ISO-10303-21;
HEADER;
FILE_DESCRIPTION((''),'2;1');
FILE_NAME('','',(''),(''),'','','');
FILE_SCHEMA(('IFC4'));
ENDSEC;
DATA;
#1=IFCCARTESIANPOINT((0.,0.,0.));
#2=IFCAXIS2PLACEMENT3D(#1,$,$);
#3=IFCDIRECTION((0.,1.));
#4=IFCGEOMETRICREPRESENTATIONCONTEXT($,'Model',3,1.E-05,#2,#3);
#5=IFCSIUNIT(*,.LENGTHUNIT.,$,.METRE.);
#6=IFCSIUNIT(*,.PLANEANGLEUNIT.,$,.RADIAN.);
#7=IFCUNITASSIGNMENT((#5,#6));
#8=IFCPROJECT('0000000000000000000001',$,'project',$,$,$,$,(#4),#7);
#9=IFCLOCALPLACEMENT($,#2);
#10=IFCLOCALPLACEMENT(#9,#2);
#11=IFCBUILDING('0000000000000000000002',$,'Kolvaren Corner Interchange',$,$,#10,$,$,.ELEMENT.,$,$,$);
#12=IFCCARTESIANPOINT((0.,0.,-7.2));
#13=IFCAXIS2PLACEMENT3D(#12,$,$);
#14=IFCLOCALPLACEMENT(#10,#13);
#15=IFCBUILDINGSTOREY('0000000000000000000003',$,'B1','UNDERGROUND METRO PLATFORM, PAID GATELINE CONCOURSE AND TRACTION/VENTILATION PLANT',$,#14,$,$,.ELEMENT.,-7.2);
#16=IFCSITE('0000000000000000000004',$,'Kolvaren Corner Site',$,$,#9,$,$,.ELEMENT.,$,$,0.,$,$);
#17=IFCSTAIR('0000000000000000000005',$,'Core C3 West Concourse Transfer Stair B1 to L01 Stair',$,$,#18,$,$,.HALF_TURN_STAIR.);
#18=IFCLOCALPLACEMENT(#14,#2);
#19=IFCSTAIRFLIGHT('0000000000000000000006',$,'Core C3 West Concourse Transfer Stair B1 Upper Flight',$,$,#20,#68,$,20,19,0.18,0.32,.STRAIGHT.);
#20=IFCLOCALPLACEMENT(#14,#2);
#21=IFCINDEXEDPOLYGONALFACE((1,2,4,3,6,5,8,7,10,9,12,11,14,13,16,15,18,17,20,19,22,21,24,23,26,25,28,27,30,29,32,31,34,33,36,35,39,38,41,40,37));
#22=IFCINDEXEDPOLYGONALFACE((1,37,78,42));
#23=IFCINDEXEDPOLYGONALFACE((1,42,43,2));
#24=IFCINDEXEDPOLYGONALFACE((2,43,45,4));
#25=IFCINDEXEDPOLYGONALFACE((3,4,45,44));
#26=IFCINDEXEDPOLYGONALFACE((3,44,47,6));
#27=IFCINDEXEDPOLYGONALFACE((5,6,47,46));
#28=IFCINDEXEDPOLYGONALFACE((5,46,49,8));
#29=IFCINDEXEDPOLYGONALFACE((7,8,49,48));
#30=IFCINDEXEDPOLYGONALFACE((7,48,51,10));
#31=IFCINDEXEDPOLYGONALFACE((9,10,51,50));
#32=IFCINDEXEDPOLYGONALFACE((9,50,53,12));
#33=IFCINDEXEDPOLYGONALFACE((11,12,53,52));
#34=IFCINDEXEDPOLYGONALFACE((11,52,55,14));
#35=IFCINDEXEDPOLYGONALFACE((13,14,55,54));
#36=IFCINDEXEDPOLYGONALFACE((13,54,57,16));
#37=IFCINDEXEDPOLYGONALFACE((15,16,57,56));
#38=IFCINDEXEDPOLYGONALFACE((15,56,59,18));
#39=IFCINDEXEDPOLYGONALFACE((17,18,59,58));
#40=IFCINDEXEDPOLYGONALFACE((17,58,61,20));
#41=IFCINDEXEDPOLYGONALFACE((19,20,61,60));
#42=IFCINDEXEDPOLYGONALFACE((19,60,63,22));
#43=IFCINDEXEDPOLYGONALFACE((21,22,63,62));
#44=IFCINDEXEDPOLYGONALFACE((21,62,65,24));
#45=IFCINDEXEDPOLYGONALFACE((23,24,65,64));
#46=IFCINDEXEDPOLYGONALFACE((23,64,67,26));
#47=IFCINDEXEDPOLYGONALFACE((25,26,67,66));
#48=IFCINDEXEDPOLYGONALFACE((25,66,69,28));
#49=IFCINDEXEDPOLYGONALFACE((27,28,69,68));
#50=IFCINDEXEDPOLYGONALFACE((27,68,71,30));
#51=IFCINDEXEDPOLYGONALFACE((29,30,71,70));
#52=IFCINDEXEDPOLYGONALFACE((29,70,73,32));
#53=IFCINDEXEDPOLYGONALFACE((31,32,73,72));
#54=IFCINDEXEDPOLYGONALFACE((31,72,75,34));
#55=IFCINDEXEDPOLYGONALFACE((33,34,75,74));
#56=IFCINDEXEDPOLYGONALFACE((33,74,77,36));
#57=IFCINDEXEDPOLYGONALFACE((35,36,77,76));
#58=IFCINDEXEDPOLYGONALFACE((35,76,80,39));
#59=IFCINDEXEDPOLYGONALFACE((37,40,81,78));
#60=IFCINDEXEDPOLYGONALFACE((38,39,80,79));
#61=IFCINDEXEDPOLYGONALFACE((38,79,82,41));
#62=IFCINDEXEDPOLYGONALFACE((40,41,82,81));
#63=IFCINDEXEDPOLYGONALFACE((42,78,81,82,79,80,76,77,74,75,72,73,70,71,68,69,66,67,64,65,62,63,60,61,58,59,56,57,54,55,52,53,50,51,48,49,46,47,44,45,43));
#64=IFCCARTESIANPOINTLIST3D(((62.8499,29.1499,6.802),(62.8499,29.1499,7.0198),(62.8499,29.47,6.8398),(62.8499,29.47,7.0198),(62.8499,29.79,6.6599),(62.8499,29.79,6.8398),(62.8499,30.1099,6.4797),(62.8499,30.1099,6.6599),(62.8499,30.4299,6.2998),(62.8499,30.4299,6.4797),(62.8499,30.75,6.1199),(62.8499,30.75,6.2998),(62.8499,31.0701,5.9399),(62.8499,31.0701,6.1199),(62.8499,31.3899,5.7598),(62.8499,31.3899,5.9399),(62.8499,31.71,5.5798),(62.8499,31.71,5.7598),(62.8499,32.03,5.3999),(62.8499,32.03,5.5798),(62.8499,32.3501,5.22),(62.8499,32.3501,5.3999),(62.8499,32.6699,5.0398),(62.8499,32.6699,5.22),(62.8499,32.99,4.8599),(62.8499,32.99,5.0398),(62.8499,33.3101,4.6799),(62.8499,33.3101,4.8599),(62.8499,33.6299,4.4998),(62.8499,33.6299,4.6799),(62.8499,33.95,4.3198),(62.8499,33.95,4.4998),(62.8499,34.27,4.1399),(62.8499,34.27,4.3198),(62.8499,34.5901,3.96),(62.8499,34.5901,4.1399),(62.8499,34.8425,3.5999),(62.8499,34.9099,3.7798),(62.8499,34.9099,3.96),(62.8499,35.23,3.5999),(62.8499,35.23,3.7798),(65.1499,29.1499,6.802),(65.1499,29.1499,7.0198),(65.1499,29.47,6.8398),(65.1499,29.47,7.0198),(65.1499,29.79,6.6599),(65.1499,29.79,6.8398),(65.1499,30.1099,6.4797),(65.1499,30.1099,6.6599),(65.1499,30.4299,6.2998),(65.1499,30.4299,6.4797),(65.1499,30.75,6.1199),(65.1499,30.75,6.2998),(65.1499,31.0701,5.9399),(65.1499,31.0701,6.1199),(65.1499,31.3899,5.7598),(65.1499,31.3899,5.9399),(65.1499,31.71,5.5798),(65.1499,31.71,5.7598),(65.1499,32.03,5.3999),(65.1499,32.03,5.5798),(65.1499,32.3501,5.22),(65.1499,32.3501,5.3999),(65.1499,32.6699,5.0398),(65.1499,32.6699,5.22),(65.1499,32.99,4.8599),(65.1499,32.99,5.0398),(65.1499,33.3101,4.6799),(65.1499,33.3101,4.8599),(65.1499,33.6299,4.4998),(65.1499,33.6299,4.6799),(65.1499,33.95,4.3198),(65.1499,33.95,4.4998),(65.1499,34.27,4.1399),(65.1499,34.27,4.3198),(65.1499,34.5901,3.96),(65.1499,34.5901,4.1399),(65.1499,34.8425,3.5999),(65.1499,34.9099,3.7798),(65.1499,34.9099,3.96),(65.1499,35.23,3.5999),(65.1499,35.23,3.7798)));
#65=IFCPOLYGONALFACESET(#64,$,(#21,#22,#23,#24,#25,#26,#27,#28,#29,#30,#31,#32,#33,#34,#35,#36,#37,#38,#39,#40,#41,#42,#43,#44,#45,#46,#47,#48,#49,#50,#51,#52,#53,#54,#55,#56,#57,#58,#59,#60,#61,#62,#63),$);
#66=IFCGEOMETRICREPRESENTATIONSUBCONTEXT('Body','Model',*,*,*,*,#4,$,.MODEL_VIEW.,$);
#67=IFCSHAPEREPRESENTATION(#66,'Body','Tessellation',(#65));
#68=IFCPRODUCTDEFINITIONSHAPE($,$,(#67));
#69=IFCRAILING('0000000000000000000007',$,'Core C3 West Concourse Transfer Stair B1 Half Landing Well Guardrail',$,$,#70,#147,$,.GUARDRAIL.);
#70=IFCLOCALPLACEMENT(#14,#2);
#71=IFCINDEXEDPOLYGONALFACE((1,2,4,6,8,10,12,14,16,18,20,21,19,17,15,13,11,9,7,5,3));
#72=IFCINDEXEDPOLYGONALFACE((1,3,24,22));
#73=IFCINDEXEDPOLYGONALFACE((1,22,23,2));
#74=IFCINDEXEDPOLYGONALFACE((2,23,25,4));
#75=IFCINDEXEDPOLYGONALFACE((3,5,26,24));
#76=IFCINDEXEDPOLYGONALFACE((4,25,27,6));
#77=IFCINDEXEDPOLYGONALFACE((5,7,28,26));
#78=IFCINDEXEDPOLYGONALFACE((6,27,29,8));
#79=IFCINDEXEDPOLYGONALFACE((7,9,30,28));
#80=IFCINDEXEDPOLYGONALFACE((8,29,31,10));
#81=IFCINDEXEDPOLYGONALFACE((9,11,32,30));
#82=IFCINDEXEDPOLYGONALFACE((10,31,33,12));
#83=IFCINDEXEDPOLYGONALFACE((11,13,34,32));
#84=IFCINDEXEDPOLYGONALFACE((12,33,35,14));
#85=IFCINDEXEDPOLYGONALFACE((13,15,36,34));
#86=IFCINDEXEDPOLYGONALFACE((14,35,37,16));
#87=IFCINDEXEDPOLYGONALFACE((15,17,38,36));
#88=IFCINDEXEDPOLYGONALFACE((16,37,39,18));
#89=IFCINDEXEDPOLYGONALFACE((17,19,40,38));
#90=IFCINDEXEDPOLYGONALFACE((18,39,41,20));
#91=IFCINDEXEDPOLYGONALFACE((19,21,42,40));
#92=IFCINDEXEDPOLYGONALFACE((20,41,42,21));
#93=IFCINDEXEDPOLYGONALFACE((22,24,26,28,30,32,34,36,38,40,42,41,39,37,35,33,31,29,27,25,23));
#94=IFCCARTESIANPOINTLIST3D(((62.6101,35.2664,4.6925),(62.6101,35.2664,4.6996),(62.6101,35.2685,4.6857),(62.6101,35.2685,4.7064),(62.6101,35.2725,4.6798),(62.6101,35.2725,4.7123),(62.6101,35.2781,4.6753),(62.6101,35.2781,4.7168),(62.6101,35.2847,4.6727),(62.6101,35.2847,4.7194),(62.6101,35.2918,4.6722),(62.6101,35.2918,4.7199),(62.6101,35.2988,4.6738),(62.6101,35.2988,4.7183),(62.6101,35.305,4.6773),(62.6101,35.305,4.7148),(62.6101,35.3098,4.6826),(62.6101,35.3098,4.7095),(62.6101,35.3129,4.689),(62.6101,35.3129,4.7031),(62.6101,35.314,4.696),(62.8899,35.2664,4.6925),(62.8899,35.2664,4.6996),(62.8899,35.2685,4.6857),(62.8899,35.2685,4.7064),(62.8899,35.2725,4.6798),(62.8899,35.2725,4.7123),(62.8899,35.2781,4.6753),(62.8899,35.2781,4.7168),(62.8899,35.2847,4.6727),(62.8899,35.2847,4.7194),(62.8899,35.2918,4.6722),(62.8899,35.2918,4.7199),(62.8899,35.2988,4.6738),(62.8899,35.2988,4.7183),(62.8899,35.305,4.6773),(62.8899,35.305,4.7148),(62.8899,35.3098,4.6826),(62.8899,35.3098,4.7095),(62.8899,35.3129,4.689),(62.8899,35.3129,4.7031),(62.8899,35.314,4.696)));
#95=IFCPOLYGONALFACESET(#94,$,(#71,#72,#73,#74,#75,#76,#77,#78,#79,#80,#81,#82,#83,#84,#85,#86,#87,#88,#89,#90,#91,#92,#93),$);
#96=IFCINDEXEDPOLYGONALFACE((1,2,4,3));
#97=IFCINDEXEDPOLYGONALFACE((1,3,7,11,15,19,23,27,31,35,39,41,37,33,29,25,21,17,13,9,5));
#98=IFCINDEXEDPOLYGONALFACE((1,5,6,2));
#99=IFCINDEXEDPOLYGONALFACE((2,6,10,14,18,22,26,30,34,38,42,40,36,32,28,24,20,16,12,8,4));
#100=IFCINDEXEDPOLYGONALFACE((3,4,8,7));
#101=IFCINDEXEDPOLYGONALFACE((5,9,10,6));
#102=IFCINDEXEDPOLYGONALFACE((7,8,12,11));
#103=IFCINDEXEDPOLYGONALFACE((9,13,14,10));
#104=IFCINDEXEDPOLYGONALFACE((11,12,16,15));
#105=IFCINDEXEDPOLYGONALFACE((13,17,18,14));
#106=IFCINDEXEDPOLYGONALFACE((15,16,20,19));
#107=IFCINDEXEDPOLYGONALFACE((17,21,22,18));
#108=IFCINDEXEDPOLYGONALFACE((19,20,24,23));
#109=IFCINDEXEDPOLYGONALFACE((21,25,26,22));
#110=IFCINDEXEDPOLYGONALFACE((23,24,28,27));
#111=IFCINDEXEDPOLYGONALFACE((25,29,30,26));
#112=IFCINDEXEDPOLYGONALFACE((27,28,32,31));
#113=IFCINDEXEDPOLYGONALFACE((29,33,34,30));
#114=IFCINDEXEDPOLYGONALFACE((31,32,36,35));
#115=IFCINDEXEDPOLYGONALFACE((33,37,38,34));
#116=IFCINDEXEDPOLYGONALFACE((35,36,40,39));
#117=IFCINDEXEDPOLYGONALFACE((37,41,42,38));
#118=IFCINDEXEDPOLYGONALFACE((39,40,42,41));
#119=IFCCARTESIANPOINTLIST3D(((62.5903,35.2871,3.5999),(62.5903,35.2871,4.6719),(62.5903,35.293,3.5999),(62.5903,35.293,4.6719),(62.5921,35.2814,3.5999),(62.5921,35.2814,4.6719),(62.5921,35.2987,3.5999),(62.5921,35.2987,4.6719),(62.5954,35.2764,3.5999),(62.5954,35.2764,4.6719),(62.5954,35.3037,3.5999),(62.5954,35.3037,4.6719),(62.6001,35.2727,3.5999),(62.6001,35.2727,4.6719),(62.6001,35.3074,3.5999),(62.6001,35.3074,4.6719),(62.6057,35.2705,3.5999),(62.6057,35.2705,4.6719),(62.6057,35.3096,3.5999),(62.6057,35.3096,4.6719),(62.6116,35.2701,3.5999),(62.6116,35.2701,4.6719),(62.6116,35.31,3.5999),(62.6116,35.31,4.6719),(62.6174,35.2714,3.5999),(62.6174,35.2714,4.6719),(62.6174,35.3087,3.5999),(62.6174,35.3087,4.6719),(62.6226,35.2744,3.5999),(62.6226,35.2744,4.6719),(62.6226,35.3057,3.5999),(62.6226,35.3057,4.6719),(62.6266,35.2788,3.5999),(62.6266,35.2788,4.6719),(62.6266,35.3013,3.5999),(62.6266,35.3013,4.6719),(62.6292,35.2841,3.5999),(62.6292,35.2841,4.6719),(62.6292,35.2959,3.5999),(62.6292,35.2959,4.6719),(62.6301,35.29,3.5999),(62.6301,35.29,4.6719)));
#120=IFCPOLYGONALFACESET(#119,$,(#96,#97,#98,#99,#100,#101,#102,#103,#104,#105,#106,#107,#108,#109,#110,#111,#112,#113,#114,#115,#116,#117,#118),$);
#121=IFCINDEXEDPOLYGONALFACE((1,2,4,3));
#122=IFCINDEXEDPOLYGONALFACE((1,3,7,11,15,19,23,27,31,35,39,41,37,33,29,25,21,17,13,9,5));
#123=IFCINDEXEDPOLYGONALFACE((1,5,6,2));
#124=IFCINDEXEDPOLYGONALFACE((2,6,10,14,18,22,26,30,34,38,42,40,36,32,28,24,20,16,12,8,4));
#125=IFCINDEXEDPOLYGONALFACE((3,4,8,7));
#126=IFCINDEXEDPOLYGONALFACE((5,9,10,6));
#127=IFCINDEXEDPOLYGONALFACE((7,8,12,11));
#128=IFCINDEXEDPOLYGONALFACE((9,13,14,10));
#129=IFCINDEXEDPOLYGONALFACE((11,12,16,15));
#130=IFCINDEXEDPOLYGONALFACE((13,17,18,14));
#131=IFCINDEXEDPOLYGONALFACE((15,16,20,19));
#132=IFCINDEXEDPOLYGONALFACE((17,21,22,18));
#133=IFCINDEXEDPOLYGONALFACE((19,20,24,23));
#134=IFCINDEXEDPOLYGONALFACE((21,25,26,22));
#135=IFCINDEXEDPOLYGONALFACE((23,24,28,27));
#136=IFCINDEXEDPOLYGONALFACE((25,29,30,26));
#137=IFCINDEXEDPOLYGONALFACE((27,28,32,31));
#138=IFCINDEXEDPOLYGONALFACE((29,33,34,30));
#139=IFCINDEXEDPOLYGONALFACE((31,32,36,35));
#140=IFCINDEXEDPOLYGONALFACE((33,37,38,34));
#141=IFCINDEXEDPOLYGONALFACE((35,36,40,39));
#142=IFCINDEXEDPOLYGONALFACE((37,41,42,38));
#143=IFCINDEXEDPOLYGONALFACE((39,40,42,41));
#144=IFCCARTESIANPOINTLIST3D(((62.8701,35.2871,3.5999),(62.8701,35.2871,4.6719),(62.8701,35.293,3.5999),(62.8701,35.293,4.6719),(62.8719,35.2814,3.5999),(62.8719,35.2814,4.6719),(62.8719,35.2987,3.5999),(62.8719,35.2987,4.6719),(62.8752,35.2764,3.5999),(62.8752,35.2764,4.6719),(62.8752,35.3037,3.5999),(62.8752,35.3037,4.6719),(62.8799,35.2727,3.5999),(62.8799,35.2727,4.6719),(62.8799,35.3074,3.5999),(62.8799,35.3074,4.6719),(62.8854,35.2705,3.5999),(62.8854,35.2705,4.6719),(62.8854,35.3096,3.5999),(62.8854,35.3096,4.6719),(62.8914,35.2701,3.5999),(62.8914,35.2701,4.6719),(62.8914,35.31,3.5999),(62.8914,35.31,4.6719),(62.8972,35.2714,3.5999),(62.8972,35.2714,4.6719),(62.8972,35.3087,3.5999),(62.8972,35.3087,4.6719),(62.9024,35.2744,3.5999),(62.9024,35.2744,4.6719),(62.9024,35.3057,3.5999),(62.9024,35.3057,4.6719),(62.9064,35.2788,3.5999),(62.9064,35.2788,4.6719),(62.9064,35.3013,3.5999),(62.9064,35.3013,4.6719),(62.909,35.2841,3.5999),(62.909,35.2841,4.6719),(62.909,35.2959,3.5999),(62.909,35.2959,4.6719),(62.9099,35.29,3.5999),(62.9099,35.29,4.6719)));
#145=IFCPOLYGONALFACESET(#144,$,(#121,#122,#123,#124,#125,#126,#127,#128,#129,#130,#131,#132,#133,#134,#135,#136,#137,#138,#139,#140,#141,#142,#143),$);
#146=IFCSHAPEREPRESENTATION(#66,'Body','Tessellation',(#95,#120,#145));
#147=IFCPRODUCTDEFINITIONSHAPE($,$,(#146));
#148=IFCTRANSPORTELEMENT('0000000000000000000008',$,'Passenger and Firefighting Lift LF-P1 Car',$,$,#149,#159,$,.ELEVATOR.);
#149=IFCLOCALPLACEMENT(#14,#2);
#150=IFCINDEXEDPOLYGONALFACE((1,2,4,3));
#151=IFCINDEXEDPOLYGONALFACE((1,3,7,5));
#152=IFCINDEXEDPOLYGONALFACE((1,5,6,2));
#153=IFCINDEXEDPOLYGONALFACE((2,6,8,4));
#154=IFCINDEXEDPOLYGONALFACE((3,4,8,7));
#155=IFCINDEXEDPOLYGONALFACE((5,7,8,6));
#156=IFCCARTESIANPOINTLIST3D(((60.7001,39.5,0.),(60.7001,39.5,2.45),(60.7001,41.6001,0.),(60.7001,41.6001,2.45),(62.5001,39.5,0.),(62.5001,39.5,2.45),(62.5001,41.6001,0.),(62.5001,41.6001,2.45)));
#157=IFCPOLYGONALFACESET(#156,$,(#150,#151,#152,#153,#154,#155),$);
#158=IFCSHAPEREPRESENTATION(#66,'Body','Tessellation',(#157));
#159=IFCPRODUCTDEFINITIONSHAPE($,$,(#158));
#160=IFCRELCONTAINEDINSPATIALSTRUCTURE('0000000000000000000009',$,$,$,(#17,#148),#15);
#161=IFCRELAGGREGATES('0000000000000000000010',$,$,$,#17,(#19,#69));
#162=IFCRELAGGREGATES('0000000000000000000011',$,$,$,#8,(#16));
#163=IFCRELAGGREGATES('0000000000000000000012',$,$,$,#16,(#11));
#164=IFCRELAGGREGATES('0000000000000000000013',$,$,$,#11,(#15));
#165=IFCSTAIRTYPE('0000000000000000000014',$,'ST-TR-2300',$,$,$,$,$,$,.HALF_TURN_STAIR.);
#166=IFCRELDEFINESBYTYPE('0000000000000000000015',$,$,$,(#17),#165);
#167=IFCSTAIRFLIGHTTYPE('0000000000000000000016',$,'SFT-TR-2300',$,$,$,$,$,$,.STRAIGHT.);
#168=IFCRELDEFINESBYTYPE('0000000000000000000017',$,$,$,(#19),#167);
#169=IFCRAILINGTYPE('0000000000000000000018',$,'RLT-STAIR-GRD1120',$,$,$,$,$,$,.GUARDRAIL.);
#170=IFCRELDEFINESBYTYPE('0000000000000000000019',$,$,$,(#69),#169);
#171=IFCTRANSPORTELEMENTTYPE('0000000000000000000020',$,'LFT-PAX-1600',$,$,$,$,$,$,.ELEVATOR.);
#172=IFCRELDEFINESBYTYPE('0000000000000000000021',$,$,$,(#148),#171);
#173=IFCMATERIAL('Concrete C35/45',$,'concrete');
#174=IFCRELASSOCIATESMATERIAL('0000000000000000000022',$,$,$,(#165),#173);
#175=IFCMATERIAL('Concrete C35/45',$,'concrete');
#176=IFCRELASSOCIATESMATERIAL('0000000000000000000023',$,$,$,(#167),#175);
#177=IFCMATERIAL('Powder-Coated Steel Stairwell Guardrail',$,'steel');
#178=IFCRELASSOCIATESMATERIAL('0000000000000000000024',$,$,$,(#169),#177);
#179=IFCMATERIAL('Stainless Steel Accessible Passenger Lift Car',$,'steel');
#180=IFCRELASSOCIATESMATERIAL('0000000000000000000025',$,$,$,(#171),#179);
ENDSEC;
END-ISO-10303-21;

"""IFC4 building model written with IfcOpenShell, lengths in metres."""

from ifc_helpers import new_model, si_unit, direction, frame, origin, origin_2d, place, context, subcontext, project, spatial, polyline, rectangle, circle, outline, extrude, material, type_object, element, aggregate, save


model = new_model("IFC4")

# Units and contexts
model_context = context("Model", 3, precision=1e-05, world=origin(), true_north=direction((0.0, 1.0)))
body_context = subcontext(model_context, "Body", "Model", "MODEL_VIEW")
ifc_project = project(units=[si_unit("LENGTHUNIT", "METRE"), si_unit("PLANEANGLEUNIT", "RADIAN")], contexts=[model_context])

# Site, building, storey
site_placement = place(None, origin())
site = spatial("IfcSite", under=ifc_project, at=site_placement, Name="Kolvaren Corner Site", CompositionType="ELEMENT", RefElevation=0.0)
building_placement = place(site_placement, origin())
building = spatial("IfcBuilding", under=site, at=building_placement, Name="Kolvaren Corner Interchange", CompositionType="ELEMENT")
storey_placement = place(building_placement, frame((0.0, 0.0, -7.2)))
storey = spatial("IfcBuildingStorey", under=building, at=storey_placement, Name="B1", Description="UNDERGROUND METRO PLATFORM, PAID GATELINE CONCOURSE AND TRACTION/VENTILATION PLANT", CompositionType="ELEMENT", Elevation=-7.2)

# Stair, stair flight, railing
ifc_material_1 = material(Name="Concrete C35/45", Category="concrete")
stair_type = type_object("IfcStairType", Name="ST-TR-2300", PredefinedType="HALF_TURN_STAIR", material=ifc_material_1)
stair_placement = place(storey_placement, origin())
stair = element("IfcStair", 1, at=stair_placement, inside=storey, type_object=stair_type, Name="Core C3 West Concourse Transfer Stair B1 to L01 Stair", PredefinedType="HALF_TURN_STAIR")
ifc_material_2 = material(Name="Concrete C35/45", Category="concrete")
stair_flight_type = type_object("IfcStairFlightType", Name="SFT-TR-2300", PredefinedType="STRAIGHT", material=ifc_material_2)
stair_flight_1_placement = place(storey_placement, frame((64.0, 35.23, 3.5999), z_axis=(0.0, 0.0, 1.0), x_axis=(0.0, -1.0, 0.0)))
stair_flight_1 = element("IfcStairFlight", 2, at=stair_flight_1_placement, type_object=stair_flight_type, Name="Core C3 West Concourse Transfer Stair B1 Upper Flight", NumberOfRisers=20, NumberOfTreads=19, PredefinedType="STRAIGHT", RiserHeight=0.18, TreadLength=0.32, context=body_context, shape_type="SweptSolid", body=[
    extrude(outline(polyline([(0.0, 0.0), (0.0, 0.1799), (0.3201, 0.1799), (0.3201, 0.3601), (0.6399, 0.3601), (0.6399, 0.54), (0.96, 0.54), (0.96, 0.72), (1.28, 0.72), (1.28, 0.8999), (1.6001, 0.8999), (1.6001, 1.0801), (1.9199, 1.0801), (1.9199, 1.26), (2.24, 1.26), (2.24, 1.4399), (2.5601, 1.4399), (2.5601, 1.6201), (2.8799, 1.6201), (2.8799, 1.8), (3.2, 1.8), (3.2, 1.98), (3.52, 1.98), (3.52, 2.1599), (3.8401, 2.1599), (3.8401, 2.3401), (4.1599, 2.3401), (4.1599, 2.52), (4.48, 2.52), (4.48, 2.7), (4.8, 2.7), (4.8, 2.8799), (5.1201, 2.8799), (5.1201, 3.0601), (5.4399, 3.0601), (5.4399, 3.24), (5.76, 3.24), (5.76, 3.4199), (6.0801, 3.4199), (6.0801, 3.6001), (6.0801, 3.2021), (0.3875, 0.0), (0.0, 0.0)])), frame((0.0, 1.1499, 0.0), z_axis=(0.0, -1.0, 0.0), x_axis=(1.0, 0.0, 0.0)), (0.0, 0.0, 1.0), 2.3),
])
ifc_material_3 = material(Name="Powder-Coated Steel Stairwell Guardrail", Category="steel")
railing_type_1 = type_object("IfcRailingType", Name="RLT-STAIR-GRD1120", PredefinedType="GUARDRAIL", material=ifc_material_3)
railing_1_placement = place(storey_placement, frame((62.6101, 35.29, 3.5999)))
railing_1 = element("IfcRailing", 3, at=railing_1_placement, type_object=railing_type_1, Name="Core C3 West Concourse Transfer Stair B1 Half Landing Well Guardrail", PredefinedType="GUARDRAIL", context=body_context, shape_type="SweptSolid", body=[
    extrude(circle(Radius=0.0239, at=origin_2d()), frame((0.0, 0.0, 1.0962), z_axis=(1.0, 0.0, 0.0), x_axis=(0.0, 1.0, 0.0)), (0.0, 0.0, 1.0), 0.2798),
    extrude(circle(Radius=0.02, at=origin_2d()), origin(), (0.0, 0.0, 1.0), 1.072),
    extrude(circle(Radius=0.02, at=origin_2d()), frame((0.2798, 0.0, 0.0)), (0.0, 0.0, 1.0), 1.072),
])
aggregate(stair, [stair_flight_1, railing_1])

# Transport element
ifc_material_4 = material(Name="Stainless Steel Accessible Passenger Lift Car", Category="steel")
transport_element_type = type_object("IfcTransportElementType", Name="LFT-PAX-1600", PredefinedType="ELEVATOR", material=ifc_material_4)
transport_element_placement = place(storey_placement, frame((61.6001, 40.55, 0.0), z_axis=(0.0, 0.0, 1.0), x_axis=(1.0, 0.0, 0.0)))
element("IfcTransportElement", 4, at=transport_element_placement, inside=storey, type_object=transport_element_type, Name="Passenger and Firefighting Lift LF-P1 Car", PredefinedType="ELEVATOR", context=body_context, shape_type="SweptSolid", body=[
    extrude(rectangle(XDim=1.8, YDim=2.1001, at=origin_2d()), origin(), (0.0, 0.0, 1.0), 2.45),
])

save(model, "model.ifc")
